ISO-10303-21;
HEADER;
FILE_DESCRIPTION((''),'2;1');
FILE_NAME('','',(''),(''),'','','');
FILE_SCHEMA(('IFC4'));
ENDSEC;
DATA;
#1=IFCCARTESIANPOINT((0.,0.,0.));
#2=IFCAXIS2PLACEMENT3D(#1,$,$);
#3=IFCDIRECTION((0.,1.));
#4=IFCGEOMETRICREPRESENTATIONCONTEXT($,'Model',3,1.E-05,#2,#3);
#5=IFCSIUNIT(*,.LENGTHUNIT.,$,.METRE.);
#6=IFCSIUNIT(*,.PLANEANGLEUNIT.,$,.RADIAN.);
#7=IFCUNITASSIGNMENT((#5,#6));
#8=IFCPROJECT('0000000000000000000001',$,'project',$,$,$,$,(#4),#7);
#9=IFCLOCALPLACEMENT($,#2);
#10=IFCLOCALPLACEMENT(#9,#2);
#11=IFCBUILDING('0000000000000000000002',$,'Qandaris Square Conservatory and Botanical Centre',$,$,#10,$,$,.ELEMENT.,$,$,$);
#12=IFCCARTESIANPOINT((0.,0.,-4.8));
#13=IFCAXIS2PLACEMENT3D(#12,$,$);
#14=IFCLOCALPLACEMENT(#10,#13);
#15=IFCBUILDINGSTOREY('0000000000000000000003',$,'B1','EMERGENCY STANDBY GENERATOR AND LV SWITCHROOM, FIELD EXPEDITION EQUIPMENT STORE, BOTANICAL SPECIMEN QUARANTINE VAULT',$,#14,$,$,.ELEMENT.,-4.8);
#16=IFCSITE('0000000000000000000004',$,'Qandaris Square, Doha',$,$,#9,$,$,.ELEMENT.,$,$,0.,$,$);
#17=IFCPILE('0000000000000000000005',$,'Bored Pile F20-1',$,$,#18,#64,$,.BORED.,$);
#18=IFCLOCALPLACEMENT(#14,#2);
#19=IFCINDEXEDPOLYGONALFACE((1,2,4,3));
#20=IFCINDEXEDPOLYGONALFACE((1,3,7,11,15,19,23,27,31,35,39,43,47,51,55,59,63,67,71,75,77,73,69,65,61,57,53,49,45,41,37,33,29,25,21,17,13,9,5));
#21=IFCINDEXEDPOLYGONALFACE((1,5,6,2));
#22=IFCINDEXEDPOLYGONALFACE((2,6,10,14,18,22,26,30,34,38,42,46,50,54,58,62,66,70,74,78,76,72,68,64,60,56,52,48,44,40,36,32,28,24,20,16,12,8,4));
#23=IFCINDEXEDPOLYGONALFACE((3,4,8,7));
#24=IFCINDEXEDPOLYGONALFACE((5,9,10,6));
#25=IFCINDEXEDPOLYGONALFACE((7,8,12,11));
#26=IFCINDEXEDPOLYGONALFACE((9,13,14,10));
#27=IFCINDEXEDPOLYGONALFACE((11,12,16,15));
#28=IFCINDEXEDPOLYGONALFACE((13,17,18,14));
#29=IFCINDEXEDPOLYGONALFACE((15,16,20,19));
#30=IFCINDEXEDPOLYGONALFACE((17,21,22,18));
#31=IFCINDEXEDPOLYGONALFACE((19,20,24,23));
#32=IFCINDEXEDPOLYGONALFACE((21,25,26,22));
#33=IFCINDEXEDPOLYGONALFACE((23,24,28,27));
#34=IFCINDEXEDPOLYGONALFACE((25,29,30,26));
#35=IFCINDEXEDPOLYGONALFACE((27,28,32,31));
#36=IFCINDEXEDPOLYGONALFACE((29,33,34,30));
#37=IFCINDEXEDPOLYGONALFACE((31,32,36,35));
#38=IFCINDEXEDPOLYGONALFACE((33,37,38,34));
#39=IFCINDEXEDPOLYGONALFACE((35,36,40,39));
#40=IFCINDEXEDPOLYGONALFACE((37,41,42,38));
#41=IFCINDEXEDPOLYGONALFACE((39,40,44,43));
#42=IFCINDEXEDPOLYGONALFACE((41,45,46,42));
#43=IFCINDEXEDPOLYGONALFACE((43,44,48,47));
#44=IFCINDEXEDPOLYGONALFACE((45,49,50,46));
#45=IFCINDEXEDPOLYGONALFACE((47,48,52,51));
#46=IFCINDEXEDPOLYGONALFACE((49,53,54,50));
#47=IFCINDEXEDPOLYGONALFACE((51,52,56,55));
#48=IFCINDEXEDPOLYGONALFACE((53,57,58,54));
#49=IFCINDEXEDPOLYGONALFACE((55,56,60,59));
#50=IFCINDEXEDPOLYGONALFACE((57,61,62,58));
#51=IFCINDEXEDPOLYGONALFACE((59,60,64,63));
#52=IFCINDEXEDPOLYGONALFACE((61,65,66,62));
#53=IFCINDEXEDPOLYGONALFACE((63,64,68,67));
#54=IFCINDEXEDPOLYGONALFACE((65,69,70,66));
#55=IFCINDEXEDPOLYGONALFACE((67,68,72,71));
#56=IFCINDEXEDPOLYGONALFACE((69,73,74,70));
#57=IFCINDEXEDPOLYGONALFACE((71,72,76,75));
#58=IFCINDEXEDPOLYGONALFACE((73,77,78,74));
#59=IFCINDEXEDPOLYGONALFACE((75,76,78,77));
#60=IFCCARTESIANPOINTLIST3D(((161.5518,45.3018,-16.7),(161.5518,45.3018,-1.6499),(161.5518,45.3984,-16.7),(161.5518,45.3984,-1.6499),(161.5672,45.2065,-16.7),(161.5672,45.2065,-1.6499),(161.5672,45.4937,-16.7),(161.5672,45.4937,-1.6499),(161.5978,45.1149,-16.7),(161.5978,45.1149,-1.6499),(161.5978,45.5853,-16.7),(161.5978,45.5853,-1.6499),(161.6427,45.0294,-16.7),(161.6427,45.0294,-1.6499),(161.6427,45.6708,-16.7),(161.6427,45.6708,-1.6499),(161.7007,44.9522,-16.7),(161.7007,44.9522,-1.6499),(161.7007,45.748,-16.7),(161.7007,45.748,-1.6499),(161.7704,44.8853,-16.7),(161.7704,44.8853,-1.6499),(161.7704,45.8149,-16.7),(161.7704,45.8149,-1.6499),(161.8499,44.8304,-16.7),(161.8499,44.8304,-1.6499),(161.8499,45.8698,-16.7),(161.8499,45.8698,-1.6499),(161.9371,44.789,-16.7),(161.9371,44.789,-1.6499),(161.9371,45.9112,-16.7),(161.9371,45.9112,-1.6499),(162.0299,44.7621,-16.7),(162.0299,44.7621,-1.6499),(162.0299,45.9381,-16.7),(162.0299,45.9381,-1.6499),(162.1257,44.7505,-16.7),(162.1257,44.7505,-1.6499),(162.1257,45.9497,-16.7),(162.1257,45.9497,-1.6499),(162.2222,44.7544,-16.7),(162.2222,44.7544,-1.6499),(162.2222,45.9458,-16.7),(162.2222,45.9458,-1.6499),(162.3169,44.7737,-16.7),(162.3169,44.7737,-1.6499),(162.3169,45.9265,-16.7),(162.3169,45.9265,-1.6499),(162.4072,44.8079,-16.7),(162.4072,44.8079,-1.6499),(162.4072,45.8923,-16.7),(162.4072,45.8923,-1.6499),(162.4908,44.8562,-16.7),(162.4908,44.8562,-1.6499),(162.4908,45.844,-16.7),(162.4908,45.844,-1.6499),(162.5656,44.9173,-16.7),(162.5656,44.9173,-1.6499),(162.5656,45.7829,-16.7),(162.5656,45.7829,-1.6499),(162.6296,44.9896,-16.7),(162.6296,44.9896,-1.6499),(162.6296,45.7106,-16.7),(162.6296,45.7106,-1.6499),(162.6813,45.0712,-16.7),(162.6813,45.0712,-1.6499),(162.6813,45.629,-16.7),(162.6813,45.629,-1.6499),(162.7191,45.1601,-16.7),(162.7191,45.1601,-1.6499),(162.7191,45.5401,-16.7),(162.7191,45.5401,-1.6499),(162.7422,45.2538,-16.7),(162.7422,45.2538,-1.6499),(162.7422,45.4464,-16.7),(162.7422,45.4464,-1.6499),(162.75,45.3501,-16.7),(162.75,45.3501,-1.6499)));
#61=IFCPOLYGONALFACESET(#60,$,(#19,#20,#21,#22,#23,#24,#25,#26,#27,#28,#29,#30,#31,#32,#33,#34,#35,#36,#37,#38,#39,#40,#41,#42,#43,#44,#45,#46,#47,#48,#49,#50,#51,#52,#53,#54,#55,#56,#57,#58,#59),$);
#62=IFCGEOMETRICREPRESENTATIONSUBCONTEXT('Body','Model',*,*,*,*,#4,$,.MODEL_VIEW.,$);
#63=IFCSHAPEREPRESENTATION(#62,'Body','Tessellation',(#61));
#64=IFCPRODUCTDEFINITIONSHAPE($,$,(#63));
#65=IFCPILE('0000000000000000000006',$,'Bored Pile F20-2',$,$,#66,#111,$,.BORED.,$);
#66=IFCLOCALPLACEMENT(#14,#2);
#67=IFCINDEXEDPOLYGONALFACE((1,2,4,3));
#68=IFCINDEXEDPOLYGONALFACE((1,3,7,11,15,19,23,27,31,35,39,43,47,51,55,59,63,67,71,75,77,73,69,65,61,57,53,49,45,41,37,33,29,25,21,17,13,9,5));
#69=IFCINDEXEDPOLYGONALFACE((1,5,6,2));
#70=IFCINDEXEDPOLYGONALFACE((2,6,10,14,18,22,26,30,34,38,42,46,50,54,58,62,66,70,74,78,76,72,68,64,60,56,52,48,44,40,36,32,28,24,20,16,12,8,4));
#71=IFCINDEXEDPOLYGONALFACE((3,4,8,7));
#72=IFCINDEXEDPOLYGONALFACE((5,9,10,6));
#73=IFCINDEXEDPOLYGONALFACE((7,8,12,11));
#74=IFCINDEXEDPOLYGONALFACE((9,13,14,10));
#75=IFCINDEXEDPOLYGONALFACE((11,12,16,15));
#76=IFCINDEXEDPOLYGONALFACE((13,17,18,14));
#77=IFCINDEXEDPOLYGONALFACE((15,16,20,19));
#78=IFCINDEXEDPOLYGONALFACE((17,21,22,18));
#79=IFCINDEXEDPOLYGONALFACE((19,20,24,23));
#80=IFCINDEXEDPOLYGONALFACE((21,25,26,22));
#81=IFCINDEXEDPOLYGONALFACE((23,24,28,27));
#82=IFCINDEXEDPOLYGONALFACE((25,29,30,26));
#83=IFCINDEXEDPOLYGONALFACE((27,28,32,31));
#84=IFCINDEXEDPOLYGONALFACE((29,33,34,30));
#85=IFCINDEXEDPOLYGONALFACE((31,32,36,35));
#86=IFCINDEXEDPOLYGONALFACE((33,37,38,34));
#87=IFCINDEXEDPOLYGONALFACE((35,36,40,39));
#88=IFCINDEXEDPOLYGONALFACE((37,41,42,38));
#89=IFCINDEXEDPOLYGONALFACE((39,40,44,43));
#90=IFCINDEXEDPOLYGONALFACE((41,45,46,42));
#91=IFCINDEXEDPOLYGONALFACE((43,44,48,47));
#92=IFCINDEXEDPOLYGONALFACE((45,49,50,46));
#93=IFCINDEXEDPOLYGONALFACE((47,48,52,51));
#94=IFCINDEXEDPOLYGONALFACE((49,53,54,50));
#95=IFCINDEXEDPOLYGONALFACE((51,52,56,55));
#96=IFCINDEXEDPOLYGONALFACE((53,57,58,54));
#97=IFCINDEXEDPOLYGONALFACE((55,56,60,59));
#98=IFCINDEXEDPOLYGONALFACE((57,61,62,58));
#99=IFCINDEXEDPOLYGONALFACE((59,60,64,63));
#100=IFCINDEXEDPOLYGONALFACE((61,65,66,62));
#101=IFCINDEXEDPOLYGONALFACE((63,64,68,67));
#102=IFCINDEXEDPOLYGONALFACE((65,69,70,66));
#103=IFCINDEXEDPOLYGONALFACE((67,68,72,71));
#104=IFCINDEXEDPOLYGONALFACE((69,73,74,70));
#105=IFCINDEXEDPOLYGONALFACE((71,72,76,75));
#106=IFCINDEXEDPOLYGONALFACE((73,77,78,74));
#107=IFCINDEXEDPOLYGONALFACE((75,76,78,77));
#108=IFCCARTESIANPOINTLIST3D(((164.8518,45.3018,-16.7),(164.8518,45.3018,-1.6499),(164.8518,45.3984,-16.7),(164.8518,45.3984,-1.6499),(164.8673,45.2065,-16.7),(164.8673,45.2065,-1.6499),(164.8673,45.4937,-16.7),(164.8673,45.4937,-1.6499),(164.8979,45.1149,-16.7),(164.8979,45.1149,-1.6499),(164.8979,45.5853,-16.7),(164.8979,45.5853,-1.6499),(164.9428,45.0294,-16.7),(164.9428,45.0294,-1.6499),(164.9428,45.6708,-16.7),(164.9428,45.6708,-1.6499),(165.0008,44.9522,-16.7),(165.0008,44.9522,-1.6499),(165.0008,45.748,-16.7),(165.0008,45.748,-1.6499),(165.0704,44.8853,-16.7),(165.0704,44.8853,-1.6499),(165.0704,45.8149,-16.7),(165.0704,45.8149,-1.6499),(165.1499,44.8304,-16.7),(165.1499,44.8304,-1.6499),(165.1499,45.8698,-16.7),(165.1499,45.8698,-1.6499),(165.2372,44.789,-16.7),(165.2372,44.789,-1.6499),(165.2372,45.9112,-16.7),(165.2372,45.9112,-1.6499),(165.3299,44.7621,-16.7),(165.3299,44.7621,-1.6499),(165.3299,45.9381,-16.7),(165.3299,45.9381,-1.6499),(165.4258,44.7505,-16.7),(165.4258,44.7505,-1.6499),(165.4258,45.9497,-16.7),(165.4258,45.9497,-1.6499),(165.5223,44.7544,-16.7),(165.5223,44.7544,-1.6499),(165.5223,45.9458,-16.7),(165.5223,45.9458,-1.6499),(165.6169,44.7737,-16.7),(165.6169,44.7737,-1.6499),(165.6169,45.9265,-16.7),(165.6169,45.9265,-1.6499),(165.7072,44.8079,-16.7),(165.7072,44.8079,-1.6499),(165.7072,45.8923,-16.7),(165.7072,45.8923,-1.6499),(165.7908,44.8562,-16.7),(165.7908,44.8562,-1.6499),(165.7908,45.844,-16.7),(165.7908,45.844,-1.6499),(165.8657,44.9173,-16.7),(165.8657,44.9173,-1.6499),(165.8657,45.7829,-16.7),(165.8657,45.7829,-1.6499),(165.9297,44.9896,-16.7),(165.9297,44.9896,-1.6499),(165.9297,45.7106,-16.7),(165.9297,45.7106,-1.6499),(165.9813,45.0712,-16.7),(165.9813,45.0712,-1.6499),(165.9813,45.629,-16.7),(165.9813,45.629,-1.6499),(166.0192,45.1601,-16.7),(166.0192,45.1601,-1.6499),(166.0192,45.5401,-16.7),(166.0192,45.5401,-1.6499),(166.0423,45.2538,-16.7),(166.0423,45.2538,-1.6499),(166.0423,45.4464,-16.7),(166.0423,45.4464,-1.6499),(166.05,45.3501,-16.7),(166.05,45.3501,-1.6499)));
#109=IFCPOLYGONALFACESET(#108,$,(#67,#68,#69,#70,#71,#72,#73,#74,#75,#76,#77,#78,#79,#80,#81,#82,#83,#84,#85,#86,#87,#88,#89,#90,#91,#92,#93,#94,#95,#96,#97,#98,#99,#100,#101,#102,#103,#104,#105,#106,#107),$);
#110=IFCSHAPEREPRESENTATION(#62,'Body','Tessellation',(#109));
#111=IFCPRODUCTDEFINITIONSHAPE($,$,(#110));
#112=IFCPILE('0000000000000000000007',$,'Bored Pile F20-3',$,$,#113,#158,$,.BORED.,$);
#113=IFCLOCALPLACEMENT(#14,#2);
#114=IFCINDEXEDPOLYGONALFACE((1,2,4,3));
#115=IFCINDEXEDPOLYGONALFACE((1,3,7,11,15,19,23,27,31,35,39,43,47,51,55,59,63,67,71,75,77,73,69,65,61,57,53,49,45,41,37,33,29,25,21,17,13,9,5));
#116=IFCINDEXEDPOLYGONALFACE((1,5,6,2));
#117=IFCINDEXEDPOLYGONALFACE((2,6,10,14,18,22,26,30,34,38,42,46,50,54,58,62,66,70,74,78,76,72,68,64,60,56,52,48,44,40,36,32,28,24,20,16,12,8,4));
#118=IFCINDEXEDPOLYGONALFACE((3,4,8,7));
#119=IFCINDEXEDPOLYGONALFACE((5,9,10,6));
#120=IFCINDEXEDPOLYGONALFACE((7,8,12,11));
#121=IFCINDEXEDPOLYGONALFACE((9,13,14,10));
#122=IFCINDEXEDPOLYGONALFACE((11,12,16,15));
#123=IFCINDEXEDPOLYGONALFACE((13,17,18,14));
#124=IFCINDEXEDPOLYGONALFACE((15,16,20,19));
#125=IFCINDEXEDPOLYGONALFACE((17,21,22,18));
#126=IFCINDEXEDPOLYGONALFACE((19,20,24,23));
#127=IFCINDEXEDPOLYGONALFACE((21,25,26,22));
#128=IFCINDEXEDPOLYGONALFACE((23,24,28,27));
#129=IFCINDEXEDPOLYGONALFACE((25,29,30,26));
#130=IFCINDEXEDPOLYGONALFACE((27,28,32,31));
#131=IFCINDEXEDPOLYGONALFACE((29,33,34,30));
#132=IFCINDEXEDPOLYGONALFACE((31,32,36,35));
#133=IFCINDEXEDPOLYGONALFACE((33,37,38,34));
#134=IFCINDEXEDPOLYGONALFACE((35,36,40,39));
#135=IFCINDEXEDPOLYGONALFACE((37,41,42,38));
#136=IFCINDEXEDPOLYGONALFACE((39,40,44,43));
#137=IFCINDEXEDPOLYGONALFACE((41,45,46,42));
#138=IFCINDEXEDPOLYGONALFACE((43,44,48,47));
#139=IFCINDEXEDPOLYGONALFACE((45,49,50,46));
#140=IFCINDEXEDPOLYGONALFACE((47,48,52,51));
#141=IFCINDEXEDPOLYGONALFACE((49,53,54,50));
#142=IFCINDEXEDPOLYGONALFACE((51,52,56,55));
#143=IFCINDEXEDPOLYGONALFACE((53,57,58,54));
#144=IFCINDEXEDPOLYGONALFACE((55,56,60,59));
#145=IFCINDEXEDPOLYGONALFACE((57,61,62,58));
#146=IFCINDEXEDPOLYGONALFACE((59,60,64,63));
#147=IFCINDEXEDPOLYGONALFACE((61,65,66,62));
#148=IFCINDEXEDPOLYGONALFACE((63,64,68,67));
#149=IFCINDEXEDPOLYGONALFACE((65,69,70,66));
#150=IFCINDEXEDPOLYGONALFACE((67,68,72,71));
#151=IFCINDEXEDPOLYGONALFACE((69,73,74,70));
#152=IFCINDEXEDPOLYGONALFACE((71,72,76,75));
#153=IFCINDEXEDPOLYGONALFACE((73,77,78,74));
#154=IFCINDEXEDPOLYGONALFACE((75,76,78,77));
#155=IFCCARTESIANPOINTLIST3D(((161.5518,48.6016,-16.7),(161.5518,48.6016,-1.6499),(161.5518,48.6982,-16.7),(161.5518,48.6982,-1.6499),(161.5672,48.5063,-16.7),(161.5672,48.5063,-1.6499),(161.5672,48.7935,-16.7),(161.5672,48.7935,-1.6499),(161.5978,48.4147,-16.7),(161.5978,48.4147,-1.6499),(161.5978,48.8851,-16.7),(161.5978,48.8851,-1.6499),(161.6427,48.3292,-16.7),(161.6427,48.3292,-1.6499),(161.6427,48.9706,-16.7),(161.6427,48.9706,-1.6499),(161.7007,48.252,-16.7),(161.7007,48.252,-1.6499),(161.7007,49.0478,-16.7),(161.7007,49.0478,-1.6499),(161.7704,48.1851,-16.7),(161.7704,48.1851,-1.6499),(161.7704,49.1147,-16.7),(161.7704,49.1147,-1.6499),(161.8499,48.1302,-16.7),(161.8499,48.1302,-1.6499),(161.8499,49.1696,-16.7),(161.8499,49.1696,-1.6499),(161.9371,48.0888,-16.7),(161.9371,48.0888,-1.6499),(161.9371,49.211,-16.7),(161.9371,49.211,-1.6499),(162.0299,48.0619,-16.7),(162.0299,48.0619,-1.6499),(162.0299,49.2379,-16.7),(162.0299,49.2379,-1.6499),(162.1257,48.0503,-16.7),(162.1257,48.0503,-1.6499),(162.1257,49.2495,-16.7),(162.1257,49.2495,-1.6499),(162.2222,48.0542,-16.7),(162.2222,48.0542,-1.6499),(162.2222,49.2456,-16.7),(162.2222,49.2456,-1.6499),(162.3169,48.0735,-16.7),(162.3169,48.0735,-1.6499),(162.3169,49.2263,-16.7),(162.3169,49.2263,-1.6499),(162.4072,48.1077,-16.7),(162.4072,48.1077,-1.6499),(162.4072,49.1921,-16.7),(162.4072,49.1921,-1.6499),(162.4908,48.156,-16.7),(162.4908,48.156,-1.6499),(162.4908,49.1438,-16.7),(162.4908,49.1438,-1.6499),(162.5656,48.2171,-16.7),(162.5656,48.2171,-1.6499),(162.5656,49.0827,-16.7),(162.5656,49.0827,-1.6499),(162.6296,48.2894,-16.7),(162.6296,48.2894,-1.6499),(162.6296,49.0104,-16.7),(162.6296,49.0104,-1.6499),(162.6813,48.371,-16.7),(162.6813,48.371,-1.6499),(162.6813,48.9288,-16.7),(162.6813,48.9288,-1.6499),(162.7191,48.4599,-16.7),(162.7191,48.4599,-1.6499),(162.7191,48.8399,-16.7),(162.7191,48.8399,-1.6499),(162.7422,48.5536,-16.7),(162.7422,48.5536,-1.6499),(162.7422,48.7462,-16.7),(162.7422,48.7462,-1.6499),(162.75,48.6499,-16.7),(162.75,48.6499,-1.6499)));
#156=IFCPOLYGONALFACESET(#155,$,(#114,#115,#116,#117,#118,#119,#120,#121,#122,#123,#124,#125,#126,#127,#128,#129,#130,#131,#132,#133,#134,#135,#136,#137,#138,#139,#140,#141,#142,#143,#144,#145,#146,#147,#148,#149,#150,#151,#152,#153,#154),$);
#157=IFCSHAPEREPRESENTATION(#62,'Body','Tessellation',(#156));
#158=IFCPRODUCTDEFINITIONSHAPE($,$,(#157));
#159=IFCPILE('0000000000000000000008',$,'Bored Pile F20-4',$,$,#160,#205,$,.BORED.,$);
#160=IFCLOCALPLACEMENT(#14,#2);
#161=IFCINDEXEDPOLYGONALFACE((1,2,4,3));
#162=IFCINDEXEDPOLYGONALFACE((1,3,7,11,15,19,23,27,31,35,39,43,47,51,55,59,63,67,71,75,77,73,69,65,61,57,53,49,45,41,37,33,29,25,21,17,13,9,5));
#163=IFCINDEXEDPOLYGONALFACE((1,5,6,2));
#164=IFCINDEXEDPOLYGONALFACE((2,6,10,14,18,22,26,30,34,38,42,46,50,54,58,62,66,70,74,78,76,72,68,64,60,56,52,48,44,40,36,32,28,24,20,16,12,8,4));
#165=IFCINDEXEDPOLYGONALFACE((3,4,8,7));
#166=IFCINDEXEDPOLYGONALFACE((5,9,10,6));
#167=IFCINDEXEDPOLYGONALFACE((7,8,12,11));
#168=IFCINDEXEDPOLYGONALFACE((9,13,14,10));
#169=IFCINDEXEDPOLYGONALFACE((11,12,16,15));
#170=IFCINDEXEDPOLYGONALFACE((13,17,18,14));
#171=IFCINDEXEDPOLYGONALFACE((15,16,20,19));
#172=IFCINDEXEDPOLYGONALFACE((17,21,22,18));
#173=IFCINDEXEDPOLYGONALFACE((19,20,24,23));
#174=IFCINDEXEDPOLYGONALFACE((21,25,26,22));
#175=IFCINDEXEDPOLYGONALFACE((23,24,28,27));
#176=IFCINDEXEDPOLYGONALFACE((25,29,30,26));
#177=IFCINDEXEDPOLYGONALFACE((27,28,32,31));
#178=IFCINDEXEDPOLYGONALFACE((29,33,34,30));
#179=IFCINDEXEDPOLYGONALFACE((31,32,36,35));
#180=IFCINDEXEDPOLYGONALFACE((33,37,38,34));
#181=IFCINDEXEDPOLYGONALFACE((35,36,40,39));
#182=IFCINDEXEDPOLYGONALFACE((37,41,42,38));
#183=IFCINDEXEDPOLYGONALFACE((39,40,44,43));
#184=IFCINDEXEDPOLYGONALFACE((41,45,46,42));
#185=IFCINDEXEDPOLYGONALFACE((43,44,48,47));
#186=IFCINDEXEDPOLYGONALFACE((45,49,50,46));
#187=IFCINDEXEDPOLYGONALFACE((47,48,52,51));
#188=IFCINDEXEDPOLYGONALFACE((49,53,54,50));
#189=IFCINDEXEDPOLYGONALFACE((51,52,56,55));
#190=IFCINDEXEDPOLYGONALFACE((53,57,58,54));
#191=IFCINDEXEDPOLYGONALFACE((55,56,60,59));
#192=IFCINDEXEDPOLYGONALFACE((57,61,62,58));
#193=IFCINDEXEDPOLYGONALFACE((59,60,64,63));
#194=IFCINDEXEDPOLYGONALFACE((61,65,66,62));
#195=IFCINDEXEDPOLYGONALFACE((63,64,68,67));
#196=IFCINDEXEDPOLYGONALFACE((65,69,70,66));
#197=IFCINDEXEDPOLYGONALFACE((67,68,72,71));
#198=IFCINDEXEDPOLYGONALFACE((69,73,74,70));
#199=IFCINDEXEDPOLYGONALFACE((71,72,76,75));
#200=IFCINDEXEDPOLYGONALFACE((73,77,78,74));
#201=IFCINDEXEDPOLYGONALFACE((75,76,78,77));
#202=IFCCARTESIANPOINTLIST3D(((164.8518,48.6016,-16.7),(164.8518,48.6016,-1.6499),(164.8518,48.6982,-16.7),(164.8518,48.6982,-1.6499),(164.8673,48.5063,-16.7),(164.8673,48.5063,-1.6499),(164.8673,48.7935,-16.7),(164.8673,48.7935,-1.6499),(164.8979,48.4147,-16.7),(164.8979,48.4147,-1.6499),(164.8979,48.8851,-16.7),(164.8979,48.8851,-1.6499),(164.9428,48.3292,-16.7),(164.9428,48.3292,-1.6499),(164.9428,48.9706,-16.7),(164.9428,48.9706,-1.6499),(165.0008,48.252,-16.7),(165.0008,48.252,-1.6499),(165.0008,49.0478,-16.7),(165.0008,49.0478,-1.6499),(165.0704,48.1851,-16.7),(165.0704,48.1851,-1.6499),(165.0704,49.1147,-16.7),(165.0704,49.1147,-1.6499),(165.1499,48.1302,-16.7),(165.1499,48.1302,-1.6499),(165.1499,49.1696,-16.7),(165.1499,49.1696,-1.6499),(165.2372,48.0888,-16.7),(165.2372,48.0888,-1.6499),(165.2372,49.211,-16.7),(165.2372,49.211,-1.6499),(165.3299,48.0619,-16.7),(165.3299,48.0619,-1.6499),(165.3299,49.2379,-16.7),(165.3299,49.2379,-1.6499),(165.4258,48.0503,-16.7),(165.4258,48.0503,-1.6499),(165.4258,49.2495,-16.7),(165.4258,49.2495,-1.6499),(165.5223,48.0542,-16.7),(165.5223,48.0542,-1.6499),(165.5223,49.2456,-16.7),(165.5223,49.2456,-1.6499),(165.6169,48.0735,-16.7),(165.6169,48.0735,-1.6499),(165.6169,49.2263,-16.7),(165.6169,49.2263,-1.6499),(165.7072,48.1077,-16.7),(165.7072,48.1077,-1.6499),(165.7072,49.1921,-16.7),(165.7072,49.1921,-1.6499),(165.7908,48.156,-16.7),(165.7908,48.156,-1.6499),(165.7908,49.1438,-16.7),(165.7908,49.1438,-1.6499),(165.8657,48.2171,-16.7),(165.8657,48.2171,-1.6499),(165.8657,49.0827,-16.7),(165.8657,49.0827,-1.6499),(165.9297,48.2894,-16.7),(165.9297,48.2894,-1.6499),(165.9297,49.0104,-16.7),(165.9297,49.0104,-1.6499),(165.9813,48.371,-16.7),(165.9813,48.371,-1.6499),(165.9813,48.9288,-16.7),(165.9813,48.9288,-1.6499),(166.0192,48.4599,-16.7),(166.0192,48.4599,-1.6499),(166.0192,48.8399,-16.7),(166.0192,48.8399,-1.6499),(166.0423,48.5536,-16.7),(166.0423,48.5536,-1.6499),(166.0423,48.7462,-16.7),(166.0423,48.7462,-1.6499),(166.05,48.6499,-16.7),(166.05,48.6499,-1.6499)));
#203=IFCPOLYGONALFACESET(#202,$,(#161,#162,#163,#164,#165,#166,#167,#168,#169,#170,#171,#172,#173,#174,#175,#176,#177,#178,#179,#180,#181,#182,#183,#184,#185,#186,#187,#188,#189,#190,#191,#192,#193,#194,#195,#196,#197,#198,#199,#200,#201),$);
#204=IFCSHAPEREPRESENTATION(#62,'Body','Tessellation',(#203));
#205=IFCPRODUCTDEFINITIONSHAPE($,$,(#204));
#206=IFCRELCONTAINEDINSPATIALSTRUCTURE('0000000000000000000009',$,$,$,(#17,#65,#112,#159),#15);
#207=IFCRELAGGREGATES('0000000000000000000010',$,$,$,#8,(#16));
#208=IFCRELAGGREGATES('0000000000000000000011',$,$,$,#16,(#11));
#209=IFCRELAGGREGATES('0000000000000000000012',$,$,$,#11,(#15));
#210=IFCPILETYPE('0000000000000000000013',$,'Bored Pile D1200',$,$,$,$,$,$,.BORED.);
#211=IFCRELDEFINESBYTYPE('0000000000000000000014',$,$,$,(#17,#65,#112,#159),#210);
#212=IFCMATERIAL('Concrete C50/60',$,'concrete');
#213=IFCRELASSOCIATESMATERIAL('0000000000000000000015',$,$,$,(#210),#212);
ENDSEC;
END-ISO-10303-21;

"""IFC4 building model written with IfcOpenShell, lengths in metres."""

from ifc_helpers import new_model, si_unit, direction, frame, origin, origin_2d, place, context, subcontext, project, spatial, circle, extrude, material, material_profile, profile_set, type_object, element, save


model = new_model("IFC4")

# Units and contexts
model_context = context("Model", 3, precision=1e-05, world=origin(), true_north=direction((0.0, 1.0)))
body_context = subcontext(model_context, "Body", "Model", "MODEL_VIEW")
ifc_project = project(units=[si_unit("LENGTHUNIT", "METRE"), si_unit("PLANEANGLEUNIT", "RADIAN")], contexts=[model_context])

# Site, building, storey
site_placement = place(None, origin())
site = spatial("IfcSite", under=ifc_project, at=site_placement, Name="Qandaris Square, Doha", CompositionType="ELEMENT", RefElevation=0.0)
building_placement = place(site_placement, origin())
building = spatial("IfcBuilding", under=site, at=building_placement, Name="Qandaris Square Conservatory and Botanical Centre", CompositionType="ELEMENT")
storey_placement = place(building_placement, frame((0.0, 0.0, -4.8)))
storey = spatial("IfcBuildingStorey", under=building, at=storey_placement, Name="B1", Description="EMERGENCY STANDBY GENERATOR AND LV SWITCHROOM, FIELD EXPEDITION EQUIPMENT STORE, BOTANICAL SPECIMEN QUARANTINE VAULT", CompositionType="ELEMENT", Elevation=-4.8)

# Piles
ifc_material_1 = material(Name="Concrete C50/60", Category="concrete")
ifc_material_profile_1 = material_profile(ifc_material_1, circle(Radius=0.6001, at=origin_2d()), Name="PILE D1200")
ifc_profile_set_1 = profile_set([ifc_material_profile_1], Name="Concrete C50/60")
pile_type = type_object("IfcPileType", Name="Bored Pile D1200", PredefinedType="BORED", material=ifc_profile_set_1)
for number, where, z_axis, x_axis, name in (
    (1, (162.1499, 45.3501, -1.6499), (0.0, 0.0, -1.0), (1.0, 0.0, 0.0), "Bored Pile F20-1"),
    (2, (165.45, 45.3501, -1.6499), (0.0, 0.0, -1.0), (1.0, 0.0, 0.0), "Bored Pile F20-2"),
    (3, (162.1499, 48.6499, -1.6499), (0.0, 0.0, -1.0), (1.0, 0.0, 0.0), "Bored Pile F20-3"),
    (4, (165.45, 48.6499, -1.6499), (0.0, 0.0, -1.0), (1.0, 0.0, 0.0), "Bored Pile F20-4"),
):
    element("IfcPile", number, at=place(storey_placement, frame(where, z_axis=z_axis, x_axis=x_axis)), inside=storey, type_object=pile_type, Name=name, PredefinedType="BORED", context=body_context, shape_type="SweptSolid", body=[
        extrude(circle(Radius=0.6001, at=origin_2d()), origin(), (0.0, 0.0, 1.0), 15.05),
    ])

save(model, "model.ifc")
